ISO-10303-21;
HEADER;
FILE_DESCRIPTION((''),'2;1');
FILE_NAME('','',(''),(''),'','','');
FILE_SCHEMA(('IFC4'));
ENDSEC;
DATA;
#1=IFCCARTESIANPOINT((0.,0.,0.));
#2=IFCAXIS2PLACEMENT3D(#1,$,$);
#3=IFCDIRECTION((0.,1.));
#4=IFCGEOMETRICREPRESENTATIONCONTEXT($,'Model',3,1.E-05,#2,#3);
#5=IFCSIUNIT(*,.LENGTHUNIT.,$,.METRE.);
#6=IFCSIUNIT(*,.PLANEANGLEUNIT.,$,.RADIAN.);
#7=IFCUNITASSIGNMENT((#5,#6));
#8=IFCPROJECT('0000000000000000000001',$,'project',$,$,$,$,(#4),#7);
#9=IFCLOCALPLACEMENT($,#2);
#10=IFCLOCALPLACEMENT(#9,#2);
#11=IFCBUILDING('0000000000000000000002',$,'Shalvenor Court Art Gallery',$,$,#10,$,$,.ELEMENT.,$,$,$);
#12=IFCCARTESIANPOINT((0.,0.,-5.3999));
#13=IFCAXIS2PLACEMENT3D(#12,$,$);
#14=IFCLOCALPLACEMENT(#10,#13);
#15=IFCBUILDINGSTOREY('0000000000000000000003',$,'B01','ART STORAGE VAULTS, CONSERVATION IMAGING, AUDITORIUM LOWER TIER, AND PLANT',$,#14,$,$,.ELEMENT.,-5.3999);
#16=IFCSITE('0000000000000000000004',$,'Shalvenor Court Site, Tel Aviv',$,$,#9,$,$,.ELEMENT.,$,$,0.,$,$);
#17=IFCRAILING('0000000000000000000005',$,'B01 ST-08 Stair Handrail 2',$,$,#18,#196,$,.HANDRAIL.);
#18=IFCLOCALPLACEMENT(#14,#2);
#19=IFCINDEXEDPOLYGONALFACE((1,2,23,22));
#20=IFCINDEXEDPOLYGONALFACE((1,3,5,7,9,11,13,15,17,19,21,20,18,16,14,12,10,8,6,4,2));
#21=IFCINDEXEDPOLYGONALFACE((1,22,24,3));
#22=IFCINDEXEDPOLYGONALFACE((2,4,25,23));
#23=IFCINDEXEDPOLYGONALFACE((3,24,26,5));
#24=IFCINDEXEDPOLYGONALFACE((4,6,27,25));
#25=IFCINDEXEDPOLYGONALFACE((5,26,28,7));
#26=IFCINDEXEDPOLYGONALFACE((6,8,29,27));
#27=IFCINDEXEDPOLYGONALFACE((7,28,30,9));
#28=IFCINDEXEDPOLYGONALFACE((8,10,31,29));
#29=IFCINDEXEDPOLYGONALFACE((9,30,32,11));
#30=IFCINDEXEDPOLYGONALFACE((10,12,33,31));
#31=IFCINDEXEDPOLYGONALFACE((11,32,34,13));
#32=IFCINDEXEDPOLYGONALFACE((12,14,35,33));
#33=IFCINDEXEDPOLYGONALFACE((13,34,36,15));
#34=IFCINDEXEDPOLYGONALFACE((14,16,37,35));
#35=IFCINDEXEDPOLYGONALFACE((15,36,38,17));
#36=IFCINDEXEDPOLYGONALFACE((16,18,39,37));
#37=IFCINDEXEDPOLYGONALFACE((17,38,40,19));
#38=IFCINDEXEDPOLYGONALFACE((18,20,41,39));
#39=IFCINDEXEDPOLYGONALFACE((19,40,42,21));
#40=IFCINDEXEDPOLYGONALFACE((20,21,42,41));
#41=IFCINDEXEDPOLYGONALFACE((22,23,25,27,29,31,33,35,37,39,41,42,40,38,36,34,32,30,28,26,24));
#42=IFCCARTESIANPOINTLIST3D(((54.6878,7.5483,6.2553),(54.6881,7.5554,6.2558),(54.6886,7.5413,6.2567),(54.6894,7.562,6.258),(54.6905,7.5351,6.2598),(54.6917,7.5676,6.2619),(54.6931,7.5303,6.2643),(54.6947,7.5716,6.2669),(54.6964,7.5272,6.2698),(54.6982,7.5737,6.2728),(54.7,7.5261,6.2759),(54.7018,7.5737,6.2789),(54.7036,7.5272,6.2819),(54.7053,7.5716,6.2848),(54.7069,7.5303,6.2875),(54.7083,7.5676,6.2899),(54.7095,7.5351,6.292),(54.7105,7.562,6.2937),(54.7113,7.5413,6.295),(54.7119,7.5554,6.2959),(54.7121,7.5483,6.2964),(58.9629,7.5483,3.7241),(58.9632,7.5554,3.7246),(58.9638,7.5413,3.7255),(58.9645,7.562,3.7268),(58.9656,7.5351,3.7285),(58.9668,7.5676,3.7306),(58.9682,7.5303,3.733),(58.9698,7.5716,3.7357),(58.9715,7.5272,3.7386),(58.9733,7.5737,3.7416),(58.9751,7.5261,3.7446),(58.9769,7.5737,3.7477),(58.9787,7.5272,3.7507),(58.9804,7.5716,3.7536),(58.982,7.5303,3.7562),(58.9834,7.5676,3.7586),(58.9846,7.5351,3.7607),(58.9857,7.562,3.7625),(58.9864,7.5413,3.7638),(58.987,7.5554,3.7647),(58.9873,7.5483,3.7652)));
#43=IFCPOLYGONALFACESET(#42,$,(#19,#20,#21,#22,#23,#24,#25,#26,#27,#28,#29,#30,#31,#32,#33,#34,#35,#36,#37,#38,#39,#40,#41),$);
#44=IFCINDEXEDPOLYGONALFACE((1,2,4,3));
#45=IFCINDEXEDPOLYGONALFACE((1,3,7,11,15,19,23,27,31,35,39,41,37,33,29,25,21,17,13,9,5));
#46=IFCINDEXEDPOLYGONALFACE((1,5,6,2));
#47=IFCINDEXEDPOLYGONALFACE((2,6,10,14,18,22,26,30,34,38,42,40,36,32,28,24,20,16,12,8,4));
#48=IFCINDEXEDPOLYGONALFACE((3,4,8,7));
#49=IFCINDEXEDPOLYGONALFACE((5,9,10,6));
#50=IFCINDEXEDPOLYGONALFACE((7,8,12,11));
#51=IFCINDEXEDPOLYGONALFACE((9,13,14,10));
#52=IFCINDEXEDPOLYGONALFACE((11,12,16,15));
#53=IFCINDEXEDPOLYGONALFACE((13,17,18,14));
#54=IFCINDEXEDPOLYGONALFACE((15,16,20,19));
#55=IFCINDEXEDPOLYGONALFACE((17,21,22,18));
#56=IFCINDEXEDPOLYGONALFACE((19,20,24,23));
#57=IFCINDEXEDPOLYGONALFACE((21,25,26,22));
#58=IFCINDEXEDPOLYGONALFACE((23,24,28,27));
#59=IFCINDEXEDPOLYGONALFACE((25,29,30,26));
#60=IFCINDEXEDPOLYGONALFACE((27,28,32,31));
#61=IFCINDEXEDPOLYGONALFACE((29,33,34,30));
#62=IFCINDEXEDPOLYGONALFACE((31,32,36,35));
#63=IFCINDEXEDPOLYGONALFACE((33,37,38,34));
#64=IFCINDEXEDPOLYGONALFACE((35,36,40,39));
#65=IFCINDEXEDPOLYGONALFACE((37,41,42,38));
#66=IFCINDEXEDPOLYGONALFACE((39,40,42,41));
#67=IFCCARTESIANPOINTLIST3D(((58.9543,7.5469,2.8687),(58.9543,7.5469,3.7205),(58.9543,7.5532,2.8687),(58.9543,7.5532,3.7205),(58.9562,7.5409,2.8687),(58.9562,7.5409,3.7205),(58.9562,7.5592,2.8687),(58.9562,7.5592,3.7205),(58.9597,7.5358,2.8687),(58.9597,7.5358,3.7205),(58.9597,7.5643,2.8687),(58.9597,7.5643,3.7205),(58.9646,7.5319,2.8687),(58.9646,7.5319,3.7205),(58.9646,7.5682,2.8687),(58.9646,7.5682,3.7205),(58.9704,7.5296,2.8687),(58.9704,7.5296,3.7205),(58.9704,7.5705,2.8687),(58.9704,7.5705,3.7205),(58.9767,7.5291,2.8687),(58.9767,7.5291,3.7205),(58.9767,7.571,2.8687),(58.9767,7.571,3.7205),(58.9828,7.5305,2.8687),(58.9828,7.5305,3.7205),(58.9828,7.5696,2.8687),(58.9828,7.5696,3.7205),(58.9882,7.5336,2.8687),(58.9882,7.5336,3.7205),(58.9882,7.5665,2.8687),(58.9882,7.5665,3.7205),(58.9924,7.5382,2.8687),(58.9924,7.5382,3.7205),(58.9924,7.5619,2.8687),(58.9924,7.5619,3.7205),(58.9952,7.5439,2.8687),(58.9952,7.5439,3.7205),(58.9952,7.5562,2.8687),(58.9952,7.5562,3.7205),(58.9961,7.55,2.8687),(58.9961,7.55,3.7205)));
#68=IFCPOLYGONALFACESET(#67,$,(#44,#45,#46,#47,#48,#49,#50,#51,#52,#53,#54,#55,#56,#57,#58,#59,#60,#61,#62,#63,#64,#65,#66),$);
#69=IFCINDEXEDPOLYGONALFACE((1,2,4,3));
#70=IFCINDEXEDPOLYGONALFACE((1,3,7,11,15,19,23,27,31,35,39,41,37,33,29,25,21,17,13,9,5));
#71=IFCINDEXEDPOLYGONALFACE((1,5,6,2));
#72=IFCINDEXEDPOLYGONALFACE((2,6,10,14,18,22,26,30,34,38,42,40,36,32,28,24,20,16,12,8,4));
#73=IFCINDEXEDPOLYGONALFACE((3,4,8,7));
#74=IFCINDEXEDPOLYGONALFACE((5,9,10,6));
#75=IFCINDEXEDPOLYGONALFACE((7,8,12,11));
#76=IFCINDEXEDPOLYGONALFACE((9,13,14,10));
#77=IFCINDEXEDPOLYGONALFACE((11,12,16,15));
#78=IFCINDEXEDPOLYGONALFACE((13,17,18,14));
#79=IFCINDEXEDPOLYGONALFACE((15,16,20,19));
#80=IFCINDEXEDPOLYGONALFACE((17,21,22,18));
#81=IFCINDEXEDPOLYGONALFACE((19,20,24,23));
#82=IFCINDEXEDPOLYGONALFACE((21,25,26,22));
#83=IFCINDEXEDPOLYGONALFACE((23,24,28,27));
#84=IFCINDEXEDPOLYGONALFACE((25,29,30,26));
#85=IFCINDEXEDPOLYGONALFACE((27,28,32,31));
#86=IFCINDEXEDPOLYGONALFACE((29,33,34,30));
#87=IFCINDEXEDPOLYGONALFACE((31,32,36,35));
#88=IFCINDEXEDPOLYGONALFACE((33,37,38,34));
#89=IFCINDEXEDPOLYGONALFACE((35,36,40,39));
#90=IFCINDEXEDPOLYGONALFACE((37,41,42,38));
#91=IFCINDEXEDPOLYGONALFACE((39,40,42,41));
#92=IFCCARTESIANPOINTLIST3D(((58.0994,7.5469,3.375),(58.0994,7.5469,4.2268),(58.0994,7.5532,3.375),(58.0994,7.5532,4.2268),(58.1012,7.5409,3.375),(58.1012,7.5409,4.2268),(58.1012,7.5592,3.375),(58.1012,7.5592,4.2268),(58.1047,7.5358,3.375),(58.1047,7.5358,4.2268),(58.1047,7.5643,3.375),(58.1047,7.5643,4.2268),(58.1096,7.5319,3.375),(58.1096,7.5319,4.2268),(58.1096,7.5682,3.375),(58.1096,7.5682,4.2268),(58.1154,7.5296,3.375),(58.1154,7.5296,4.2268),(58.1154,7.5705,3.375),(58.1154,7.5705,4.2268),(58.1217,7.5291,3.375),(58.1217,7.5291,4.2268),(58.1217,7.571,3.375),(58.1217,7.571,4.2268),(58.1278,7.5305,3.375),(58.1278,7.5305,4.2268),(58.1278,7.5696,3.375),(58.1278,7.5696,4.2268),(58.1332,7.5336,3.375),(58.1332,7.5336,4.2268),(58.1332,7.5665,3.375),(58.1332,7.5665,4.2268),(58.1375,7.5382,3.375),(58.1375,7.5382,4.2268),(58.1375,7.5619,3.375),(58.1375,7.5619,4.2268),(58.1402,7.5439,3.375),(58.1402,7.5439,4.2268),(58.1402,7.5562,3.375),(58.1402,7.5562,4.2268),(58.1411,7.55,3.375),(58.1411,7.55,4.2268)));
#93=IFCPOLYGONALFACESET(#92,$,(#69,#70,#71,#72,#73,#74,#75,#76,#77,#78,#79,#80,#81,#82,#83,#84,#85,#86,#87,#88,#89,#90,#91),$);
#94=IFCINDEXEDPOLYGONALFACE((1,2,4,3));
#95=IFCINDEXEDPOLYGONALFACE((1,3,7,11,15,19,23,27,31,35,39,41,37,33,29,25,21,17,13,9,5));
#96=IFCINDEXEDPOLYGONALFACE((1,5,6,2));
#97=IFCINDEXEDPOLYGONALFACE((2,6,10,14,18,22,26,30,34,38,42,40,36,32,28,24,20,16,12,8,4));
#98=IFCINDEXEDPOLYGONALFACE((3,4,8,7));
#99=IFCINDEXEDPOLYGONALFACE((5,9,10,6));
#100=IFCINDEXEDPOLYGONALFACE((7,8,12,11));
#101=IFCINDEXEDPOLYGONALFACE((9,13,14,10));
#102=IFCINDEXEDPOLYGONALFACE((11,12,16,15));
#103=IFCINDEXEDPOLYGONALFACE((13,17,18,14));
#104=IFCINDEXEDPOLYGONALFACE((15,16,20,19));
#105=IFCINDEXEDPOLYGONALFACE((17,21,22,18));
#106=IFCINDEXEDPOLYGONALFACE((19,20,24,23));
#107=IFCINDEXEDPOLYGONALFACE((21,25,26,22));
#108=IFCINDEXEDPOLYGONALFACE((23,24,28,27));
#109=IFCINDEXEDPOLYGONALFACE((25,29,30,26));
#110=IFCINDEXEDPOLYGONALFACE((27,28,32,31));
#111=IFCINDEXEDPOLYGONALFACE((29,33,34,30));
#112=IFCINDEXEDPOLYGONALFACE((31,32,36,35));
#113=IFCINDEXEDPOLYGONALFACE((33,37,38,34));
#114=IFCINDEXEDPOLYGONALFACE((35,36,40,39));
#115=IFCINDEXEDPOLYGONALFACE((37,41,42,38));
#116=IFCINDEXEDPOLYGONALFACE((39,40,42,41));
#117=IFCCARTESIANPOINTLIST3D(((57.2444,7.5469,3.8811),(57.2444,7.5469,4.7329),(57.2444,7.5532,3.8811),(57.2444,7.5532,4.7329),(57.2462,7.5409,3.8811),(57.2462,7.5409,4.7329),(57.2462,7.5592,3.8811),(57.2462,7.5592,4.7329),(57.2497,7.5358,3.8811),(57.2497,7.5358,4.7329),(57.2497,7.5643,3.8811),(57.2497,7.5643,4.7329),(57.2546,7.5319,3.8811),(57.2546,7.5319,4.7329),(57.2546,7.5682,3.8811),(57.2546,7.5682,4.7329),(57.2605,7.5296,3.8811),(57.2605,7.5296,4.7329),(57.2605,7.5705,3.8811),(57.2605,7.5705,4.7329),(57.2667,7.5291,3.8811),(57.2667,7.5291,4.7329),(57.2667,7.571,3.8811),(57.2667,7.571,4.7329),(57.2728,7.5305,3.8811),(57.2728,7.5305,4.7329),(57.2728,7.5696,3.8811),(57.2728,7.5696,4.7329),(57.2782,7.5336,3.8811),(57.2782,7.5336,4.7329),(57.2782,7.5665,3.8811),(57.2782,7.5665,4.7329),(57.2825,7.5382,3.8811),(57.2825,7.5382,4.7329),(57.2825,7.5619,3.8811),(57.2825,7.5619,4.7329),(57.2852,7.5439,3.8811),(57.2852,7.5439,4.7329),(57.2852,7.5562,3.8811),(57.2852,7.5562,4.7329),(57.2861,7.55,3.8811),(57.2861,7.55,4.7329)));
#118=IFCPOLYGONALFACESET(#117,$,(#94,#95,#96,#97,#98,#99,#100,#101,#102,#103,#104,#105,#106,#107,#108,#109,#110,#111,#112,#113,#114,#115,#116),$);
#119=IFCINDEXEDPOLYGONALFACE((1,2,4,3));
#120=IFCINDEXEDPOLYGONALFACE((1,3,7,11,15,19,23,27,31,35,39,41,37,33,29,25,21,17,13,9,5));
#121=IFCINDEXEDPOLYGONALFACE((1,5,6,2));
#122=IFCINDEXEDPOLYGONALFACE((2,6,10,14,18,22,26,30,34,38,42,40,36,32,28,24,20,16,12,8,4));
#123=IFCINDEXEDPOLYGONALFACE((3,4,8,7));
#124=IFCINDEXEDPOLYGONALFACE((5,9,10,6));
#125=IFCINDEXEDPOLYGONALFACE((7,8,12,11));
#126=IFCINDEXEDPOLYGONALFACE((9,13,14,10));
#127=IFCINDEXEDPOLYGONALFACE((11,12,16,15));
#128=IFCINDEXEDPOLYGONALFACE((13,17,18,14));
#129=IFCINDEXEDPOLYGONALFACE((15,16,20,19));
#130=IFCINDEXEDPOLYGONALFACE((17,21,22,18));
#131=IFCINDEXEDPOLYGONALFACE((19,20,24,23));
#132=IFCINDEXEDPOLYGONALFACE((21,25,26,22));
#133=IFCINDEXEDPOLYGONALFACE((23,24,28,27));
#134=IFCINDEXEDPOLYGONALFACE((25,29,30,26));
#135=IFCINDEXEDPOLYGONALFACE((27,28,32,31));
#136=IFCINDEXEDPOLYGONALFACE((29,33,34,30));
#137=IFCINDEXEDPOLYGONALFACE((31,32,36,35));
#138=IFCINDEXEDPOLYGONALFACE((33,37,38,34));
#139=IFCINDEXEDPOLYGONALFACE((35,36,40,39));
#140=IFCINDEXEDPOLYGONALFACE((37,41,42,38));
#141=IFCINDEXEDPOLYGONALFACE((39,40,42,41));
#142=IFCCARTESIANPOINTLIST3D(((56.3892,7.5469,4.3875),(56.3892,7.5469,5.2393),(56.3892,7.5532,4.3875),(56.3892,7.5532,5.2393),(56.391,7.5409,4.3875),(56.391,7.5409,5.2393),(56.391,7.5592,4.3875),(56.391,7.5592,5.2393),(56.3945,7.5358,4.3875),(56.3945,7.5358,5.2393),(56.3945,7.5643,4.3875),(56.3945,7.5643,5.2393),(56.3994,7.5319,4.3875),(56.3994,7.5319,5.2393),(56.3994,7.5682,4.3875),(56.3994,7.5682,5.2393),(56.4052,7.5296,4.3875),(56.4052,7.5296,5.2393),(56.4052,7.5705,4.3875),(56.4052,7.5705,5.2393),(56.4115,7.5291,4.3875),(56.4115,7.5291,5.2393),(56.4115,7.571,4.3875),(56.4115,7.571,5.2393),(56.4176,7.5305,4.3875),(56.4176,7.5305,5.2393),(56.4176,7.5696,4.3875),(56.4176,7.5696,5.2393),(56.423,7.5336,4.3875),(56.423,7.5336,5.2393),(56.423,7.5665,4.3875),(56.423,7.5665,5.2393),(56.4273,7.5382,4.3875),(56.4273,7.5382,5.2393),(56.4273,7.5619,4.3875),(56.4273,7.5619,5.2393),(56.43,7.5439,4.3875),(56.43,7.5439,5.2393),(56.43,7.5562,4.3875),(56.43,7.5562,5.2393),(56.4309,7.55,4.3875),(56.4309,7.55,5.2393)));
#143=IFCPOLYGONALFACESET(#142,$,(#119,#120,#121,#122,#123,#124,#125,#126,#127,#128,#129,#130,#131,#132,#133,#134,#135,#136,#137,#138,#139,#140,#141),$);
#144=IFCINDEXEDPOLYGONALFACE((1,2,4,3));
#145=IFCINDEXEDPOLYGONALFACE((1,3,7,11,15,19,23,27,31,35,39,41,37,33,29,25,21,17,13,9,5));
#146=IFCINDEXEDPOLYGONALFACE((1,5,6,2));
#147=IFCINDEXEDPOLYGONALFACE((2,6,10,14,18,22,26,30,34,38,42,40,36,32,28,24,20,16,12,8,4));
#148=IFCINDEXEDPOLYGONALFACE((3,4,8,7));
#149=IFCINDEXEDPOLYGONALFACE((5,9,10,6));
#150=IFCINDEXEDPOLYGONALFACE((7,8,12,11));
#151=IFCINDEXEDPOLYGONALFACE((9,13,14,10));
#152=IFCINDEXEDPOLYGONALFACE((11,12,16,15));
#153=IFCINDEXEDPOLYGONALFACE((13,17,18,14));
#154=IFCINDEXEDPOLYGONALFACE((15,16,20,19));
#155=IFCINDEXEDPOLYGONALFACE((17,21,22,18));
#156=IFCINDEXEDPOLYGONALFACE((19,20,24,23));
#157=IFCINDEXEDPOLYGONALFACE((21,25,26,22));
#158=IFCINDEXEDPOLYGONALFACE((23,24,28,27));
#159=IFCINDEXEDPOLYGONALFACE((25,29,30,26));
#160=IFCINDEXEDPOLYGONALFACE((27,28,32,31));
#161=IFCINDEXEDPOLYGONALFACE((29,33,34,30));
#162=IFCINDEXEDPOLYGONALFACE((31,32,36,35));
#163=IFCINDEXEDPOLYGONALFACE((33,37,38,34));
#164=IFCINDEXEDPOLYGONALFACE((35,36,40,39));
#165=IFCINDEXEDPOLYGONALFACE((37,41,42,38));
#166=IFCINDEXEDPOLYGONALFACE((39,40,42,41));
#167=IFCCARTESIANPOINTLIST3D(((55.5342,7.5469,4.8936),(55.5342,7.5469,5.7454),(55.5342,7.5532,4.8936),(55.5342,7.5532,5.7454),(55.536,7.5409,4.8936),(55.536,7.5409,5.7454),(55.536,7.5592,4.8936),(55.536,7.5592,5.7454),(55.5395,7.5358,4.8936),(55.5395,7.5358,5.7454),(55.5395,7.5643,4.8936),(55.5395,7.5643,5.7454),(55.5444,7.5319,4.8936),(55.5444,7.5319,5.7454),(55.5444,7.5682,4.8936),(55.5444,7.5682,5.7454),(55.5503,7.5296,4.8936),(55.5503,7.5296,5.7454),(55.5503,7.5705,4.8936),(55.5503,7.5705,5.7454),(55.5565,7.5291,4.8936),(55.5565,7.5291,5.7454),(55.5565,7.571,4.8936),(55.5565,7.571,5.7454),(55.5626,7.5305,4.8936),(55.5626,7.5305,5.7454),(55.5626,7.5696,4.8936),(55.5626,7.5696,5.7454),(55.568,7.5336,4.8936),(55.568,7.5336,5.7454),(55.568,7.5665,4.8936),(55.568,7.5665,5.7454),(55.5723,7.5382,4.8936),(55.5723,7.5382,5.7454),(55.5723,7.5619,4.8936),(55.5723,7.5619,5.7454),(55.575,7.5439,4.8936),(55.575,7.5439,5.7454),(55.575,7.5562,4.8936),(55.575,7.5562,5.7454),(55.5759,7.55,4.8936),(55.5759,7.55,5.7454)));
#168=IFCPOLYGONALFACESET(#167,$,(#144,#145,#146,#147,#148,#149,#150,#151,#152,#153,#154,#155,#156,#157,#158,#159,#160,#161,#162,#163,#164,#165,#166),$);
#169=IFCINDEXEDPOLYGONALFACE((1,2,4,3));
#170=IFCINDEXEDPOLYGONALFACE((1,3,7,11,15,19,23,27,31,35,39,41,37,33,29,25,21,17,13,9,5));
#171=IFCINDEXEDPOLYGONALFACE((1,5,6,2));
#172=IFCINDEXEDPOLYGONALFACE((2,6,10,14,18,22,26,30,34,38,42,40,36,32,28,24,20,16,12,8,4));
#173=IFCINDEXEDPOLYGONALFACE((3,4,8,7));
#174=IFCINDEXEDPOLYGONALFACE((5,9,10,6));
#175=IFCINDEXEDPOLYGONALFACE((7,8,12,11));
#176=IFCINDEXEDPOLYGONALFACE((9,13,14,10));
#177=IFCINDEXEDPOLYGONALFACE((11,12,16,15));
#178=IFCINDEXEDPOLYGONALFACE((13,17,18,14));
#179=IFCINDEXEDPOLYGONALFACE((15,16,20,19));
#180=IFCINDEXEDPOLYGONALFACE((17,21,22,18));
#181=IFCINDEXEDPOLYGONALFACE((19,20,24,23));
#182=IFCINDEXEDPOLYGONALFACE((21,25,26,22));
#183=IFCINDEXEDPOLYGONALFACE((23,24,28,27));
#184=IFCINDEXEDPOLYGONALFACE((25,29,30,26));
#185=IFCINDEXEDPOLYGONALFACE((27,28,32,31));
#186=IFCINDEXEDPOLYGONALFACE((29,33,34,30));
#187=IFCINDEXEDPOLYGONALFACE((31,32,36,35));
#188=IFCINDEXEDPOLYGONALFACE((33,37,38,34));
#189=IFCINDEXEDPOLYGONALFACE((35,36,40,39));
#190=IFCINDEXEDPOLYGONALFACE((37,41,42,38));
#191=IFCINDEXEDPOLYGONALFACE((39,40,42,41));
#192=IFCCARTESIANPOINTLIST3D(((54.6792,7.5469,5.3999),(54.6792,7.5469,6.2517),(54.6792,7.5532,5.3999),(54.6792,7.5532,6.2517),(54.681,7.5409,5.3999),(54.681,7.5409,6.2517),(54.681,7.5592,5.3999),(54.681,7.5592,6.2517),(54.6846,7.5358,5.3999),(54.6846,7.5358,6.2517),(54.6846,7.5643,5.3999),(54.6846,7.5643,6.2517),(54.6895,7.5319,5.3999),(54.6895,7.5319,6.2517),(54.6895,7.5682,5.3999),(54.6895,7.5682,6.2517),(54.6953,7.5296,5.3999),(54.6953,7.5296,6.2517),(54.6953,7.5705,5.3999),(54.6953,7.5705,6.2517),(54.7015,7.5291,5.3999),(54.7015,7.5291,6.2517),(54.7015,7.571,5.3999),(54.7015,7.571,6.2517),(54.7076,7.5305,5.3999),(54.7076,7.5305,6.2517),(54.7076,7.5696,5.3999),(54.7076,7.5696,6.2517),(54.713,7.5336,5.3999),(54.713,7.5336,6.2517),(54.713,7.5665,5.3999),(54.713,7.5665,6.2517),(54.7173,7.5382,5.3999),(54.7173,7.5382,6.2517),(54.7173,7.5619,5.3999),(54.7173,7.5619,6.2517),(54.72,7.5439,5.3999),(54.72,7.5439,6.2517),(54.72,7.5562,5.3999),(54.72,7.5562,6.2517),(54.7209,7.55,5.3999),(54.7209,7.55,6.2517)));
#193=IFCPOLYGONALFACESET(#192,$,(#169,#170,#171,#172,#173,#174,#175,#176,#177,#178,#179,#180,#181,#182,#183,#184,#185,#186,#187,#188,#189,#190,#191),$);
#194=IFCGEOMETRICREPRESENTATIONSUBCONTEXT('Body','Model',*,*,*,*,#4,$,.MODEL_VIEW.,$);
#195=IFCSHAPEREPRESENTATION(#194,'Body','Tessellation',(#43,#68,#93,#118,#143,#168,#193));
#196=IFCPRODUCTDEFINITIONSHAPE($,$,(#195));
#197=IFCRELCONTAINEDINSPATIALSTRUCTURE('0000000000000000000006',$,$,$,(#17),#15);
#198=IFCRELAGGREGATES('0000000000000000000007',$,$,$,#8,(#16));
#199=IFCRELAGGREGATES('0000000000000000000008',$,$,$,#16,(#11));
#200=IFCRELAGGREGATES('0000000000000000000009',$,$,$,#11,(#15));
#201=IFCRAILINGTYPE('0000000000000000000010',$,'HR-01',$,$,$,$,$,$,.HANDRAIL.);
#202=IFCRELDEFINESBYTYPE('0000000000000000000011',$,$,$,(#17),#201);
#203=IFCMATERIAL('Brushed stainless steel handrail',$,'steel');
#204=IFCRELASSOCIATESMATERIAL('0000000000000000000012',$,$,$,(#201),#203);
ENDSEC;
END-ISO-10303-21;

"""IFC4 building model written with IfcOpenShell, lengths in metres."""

from ifc_helpers import new_model, si_unit, direction, frame, origin, origin_2d, place, context, subcontext, project, spatial, circle, extrude, material, type_object, element, save


model = new_model("IFC4")

# Units and contexts
model_context = context("Model", 3, precision=1e-05, world=origin(), true_north=direction((0.0, 1.0)))
body_context = subcontext(model_context, "Body", "Model", "MODEL_VIEW")
ifc_project = project(units=[si_unit("LENGTHUNIT", "METRE"), si_unit("PLANEANGLEUNIT", "RADIAN")], contexts=[model_context])

# Site, building, storey
site_placement = place(None, origin())
site = spatial("IfcSite", under=ifc_project, at=site_placement, Name="Shalvenor Court Site, Tel Aviv", CompositionType="ELEMENT", RefElevation=0.0)
building_placement = place(site_placement, origin())
building = spatial("IfcBuilding", under=site, at=building_placement, Name="Shalvenor Court Art Gallery", CompositionType="ELEMENT")
storey_placement = place(building_placement, frame((0.0, 0.0, -5.3999)))
storey = spatial("IfcBuildingStorey", under=building, at=storey_placement, Name="B01", Description="ART STORAGE VAULTS, CONSERVATION IMAGING, AUDITORIUM LOWER TIER, AND PLANT", CompositionType="ELEMENT", Elevation=-5.3999)

# Railing
ifc_material_1 = material(Name="Brushed stainless steel handrail", Category="steel")
railing_type_1 = type_object("IfcRailingType", Name="HR-01", PredefinedType="HANDRAIL", material=ifc_material_1)
railing_1_placement = place(storey_placement, frame((58.9751, 7.55, 2.8687)))
element("IfcRailing", 1, at=railing_1_placement, inside=storey, type_object=railing_type_1, Name="B01 ST-08 Stair Handrail 2", PredefinedType="HANDRAIL", context=body_context, shape_type="SweptSolid", body=[
    extrude(circle(Radius=0.0239, at=origin_2d()), frame((0.0, 0.0, 0.876), z_axis=(-0.860483, 0.0, 0.509479), x_axis=(0.0, -1.0, 0.0)), (0.0, 0.0, 1.0), 4.9683),
    extrude(circle(Radius=0.021, at=origin_2d()), origin(), (0.0, 0.0, 1.0), 0.8518),
    extrude(circle(Radius=0.021, at=origin_2d()), frame((-0.855, 0.0, 0.5063)), (0.0, 0.0, 1.0), 0.8518),
    extrude(circle(Radius=0.021, at=origin_2d()), frame((-1.71, 0.0, 1.0125)), (0.0, 0.0, 1.0), 0.8518),
    extrude(circle(Radius=0.021, at=origin_2d()), frame((-2.5652, 0.0, 1.5188)), (0.0, 0.0, 1.0), 0.8518),
    extrude(circle(Radius=0.021, at=origin_2d()), frame((-3.4202, 0.0, 2.0249)), (0.0, 0.0, 1.0), 0.8518),
    extrude(circle(Radius=0.021, at=origin_2d()), frame((-4.2751, 0.0, 2.5312)), (0.0, 0.0, 1.0), 0.8518),
])

save(model, "model.ifc")
